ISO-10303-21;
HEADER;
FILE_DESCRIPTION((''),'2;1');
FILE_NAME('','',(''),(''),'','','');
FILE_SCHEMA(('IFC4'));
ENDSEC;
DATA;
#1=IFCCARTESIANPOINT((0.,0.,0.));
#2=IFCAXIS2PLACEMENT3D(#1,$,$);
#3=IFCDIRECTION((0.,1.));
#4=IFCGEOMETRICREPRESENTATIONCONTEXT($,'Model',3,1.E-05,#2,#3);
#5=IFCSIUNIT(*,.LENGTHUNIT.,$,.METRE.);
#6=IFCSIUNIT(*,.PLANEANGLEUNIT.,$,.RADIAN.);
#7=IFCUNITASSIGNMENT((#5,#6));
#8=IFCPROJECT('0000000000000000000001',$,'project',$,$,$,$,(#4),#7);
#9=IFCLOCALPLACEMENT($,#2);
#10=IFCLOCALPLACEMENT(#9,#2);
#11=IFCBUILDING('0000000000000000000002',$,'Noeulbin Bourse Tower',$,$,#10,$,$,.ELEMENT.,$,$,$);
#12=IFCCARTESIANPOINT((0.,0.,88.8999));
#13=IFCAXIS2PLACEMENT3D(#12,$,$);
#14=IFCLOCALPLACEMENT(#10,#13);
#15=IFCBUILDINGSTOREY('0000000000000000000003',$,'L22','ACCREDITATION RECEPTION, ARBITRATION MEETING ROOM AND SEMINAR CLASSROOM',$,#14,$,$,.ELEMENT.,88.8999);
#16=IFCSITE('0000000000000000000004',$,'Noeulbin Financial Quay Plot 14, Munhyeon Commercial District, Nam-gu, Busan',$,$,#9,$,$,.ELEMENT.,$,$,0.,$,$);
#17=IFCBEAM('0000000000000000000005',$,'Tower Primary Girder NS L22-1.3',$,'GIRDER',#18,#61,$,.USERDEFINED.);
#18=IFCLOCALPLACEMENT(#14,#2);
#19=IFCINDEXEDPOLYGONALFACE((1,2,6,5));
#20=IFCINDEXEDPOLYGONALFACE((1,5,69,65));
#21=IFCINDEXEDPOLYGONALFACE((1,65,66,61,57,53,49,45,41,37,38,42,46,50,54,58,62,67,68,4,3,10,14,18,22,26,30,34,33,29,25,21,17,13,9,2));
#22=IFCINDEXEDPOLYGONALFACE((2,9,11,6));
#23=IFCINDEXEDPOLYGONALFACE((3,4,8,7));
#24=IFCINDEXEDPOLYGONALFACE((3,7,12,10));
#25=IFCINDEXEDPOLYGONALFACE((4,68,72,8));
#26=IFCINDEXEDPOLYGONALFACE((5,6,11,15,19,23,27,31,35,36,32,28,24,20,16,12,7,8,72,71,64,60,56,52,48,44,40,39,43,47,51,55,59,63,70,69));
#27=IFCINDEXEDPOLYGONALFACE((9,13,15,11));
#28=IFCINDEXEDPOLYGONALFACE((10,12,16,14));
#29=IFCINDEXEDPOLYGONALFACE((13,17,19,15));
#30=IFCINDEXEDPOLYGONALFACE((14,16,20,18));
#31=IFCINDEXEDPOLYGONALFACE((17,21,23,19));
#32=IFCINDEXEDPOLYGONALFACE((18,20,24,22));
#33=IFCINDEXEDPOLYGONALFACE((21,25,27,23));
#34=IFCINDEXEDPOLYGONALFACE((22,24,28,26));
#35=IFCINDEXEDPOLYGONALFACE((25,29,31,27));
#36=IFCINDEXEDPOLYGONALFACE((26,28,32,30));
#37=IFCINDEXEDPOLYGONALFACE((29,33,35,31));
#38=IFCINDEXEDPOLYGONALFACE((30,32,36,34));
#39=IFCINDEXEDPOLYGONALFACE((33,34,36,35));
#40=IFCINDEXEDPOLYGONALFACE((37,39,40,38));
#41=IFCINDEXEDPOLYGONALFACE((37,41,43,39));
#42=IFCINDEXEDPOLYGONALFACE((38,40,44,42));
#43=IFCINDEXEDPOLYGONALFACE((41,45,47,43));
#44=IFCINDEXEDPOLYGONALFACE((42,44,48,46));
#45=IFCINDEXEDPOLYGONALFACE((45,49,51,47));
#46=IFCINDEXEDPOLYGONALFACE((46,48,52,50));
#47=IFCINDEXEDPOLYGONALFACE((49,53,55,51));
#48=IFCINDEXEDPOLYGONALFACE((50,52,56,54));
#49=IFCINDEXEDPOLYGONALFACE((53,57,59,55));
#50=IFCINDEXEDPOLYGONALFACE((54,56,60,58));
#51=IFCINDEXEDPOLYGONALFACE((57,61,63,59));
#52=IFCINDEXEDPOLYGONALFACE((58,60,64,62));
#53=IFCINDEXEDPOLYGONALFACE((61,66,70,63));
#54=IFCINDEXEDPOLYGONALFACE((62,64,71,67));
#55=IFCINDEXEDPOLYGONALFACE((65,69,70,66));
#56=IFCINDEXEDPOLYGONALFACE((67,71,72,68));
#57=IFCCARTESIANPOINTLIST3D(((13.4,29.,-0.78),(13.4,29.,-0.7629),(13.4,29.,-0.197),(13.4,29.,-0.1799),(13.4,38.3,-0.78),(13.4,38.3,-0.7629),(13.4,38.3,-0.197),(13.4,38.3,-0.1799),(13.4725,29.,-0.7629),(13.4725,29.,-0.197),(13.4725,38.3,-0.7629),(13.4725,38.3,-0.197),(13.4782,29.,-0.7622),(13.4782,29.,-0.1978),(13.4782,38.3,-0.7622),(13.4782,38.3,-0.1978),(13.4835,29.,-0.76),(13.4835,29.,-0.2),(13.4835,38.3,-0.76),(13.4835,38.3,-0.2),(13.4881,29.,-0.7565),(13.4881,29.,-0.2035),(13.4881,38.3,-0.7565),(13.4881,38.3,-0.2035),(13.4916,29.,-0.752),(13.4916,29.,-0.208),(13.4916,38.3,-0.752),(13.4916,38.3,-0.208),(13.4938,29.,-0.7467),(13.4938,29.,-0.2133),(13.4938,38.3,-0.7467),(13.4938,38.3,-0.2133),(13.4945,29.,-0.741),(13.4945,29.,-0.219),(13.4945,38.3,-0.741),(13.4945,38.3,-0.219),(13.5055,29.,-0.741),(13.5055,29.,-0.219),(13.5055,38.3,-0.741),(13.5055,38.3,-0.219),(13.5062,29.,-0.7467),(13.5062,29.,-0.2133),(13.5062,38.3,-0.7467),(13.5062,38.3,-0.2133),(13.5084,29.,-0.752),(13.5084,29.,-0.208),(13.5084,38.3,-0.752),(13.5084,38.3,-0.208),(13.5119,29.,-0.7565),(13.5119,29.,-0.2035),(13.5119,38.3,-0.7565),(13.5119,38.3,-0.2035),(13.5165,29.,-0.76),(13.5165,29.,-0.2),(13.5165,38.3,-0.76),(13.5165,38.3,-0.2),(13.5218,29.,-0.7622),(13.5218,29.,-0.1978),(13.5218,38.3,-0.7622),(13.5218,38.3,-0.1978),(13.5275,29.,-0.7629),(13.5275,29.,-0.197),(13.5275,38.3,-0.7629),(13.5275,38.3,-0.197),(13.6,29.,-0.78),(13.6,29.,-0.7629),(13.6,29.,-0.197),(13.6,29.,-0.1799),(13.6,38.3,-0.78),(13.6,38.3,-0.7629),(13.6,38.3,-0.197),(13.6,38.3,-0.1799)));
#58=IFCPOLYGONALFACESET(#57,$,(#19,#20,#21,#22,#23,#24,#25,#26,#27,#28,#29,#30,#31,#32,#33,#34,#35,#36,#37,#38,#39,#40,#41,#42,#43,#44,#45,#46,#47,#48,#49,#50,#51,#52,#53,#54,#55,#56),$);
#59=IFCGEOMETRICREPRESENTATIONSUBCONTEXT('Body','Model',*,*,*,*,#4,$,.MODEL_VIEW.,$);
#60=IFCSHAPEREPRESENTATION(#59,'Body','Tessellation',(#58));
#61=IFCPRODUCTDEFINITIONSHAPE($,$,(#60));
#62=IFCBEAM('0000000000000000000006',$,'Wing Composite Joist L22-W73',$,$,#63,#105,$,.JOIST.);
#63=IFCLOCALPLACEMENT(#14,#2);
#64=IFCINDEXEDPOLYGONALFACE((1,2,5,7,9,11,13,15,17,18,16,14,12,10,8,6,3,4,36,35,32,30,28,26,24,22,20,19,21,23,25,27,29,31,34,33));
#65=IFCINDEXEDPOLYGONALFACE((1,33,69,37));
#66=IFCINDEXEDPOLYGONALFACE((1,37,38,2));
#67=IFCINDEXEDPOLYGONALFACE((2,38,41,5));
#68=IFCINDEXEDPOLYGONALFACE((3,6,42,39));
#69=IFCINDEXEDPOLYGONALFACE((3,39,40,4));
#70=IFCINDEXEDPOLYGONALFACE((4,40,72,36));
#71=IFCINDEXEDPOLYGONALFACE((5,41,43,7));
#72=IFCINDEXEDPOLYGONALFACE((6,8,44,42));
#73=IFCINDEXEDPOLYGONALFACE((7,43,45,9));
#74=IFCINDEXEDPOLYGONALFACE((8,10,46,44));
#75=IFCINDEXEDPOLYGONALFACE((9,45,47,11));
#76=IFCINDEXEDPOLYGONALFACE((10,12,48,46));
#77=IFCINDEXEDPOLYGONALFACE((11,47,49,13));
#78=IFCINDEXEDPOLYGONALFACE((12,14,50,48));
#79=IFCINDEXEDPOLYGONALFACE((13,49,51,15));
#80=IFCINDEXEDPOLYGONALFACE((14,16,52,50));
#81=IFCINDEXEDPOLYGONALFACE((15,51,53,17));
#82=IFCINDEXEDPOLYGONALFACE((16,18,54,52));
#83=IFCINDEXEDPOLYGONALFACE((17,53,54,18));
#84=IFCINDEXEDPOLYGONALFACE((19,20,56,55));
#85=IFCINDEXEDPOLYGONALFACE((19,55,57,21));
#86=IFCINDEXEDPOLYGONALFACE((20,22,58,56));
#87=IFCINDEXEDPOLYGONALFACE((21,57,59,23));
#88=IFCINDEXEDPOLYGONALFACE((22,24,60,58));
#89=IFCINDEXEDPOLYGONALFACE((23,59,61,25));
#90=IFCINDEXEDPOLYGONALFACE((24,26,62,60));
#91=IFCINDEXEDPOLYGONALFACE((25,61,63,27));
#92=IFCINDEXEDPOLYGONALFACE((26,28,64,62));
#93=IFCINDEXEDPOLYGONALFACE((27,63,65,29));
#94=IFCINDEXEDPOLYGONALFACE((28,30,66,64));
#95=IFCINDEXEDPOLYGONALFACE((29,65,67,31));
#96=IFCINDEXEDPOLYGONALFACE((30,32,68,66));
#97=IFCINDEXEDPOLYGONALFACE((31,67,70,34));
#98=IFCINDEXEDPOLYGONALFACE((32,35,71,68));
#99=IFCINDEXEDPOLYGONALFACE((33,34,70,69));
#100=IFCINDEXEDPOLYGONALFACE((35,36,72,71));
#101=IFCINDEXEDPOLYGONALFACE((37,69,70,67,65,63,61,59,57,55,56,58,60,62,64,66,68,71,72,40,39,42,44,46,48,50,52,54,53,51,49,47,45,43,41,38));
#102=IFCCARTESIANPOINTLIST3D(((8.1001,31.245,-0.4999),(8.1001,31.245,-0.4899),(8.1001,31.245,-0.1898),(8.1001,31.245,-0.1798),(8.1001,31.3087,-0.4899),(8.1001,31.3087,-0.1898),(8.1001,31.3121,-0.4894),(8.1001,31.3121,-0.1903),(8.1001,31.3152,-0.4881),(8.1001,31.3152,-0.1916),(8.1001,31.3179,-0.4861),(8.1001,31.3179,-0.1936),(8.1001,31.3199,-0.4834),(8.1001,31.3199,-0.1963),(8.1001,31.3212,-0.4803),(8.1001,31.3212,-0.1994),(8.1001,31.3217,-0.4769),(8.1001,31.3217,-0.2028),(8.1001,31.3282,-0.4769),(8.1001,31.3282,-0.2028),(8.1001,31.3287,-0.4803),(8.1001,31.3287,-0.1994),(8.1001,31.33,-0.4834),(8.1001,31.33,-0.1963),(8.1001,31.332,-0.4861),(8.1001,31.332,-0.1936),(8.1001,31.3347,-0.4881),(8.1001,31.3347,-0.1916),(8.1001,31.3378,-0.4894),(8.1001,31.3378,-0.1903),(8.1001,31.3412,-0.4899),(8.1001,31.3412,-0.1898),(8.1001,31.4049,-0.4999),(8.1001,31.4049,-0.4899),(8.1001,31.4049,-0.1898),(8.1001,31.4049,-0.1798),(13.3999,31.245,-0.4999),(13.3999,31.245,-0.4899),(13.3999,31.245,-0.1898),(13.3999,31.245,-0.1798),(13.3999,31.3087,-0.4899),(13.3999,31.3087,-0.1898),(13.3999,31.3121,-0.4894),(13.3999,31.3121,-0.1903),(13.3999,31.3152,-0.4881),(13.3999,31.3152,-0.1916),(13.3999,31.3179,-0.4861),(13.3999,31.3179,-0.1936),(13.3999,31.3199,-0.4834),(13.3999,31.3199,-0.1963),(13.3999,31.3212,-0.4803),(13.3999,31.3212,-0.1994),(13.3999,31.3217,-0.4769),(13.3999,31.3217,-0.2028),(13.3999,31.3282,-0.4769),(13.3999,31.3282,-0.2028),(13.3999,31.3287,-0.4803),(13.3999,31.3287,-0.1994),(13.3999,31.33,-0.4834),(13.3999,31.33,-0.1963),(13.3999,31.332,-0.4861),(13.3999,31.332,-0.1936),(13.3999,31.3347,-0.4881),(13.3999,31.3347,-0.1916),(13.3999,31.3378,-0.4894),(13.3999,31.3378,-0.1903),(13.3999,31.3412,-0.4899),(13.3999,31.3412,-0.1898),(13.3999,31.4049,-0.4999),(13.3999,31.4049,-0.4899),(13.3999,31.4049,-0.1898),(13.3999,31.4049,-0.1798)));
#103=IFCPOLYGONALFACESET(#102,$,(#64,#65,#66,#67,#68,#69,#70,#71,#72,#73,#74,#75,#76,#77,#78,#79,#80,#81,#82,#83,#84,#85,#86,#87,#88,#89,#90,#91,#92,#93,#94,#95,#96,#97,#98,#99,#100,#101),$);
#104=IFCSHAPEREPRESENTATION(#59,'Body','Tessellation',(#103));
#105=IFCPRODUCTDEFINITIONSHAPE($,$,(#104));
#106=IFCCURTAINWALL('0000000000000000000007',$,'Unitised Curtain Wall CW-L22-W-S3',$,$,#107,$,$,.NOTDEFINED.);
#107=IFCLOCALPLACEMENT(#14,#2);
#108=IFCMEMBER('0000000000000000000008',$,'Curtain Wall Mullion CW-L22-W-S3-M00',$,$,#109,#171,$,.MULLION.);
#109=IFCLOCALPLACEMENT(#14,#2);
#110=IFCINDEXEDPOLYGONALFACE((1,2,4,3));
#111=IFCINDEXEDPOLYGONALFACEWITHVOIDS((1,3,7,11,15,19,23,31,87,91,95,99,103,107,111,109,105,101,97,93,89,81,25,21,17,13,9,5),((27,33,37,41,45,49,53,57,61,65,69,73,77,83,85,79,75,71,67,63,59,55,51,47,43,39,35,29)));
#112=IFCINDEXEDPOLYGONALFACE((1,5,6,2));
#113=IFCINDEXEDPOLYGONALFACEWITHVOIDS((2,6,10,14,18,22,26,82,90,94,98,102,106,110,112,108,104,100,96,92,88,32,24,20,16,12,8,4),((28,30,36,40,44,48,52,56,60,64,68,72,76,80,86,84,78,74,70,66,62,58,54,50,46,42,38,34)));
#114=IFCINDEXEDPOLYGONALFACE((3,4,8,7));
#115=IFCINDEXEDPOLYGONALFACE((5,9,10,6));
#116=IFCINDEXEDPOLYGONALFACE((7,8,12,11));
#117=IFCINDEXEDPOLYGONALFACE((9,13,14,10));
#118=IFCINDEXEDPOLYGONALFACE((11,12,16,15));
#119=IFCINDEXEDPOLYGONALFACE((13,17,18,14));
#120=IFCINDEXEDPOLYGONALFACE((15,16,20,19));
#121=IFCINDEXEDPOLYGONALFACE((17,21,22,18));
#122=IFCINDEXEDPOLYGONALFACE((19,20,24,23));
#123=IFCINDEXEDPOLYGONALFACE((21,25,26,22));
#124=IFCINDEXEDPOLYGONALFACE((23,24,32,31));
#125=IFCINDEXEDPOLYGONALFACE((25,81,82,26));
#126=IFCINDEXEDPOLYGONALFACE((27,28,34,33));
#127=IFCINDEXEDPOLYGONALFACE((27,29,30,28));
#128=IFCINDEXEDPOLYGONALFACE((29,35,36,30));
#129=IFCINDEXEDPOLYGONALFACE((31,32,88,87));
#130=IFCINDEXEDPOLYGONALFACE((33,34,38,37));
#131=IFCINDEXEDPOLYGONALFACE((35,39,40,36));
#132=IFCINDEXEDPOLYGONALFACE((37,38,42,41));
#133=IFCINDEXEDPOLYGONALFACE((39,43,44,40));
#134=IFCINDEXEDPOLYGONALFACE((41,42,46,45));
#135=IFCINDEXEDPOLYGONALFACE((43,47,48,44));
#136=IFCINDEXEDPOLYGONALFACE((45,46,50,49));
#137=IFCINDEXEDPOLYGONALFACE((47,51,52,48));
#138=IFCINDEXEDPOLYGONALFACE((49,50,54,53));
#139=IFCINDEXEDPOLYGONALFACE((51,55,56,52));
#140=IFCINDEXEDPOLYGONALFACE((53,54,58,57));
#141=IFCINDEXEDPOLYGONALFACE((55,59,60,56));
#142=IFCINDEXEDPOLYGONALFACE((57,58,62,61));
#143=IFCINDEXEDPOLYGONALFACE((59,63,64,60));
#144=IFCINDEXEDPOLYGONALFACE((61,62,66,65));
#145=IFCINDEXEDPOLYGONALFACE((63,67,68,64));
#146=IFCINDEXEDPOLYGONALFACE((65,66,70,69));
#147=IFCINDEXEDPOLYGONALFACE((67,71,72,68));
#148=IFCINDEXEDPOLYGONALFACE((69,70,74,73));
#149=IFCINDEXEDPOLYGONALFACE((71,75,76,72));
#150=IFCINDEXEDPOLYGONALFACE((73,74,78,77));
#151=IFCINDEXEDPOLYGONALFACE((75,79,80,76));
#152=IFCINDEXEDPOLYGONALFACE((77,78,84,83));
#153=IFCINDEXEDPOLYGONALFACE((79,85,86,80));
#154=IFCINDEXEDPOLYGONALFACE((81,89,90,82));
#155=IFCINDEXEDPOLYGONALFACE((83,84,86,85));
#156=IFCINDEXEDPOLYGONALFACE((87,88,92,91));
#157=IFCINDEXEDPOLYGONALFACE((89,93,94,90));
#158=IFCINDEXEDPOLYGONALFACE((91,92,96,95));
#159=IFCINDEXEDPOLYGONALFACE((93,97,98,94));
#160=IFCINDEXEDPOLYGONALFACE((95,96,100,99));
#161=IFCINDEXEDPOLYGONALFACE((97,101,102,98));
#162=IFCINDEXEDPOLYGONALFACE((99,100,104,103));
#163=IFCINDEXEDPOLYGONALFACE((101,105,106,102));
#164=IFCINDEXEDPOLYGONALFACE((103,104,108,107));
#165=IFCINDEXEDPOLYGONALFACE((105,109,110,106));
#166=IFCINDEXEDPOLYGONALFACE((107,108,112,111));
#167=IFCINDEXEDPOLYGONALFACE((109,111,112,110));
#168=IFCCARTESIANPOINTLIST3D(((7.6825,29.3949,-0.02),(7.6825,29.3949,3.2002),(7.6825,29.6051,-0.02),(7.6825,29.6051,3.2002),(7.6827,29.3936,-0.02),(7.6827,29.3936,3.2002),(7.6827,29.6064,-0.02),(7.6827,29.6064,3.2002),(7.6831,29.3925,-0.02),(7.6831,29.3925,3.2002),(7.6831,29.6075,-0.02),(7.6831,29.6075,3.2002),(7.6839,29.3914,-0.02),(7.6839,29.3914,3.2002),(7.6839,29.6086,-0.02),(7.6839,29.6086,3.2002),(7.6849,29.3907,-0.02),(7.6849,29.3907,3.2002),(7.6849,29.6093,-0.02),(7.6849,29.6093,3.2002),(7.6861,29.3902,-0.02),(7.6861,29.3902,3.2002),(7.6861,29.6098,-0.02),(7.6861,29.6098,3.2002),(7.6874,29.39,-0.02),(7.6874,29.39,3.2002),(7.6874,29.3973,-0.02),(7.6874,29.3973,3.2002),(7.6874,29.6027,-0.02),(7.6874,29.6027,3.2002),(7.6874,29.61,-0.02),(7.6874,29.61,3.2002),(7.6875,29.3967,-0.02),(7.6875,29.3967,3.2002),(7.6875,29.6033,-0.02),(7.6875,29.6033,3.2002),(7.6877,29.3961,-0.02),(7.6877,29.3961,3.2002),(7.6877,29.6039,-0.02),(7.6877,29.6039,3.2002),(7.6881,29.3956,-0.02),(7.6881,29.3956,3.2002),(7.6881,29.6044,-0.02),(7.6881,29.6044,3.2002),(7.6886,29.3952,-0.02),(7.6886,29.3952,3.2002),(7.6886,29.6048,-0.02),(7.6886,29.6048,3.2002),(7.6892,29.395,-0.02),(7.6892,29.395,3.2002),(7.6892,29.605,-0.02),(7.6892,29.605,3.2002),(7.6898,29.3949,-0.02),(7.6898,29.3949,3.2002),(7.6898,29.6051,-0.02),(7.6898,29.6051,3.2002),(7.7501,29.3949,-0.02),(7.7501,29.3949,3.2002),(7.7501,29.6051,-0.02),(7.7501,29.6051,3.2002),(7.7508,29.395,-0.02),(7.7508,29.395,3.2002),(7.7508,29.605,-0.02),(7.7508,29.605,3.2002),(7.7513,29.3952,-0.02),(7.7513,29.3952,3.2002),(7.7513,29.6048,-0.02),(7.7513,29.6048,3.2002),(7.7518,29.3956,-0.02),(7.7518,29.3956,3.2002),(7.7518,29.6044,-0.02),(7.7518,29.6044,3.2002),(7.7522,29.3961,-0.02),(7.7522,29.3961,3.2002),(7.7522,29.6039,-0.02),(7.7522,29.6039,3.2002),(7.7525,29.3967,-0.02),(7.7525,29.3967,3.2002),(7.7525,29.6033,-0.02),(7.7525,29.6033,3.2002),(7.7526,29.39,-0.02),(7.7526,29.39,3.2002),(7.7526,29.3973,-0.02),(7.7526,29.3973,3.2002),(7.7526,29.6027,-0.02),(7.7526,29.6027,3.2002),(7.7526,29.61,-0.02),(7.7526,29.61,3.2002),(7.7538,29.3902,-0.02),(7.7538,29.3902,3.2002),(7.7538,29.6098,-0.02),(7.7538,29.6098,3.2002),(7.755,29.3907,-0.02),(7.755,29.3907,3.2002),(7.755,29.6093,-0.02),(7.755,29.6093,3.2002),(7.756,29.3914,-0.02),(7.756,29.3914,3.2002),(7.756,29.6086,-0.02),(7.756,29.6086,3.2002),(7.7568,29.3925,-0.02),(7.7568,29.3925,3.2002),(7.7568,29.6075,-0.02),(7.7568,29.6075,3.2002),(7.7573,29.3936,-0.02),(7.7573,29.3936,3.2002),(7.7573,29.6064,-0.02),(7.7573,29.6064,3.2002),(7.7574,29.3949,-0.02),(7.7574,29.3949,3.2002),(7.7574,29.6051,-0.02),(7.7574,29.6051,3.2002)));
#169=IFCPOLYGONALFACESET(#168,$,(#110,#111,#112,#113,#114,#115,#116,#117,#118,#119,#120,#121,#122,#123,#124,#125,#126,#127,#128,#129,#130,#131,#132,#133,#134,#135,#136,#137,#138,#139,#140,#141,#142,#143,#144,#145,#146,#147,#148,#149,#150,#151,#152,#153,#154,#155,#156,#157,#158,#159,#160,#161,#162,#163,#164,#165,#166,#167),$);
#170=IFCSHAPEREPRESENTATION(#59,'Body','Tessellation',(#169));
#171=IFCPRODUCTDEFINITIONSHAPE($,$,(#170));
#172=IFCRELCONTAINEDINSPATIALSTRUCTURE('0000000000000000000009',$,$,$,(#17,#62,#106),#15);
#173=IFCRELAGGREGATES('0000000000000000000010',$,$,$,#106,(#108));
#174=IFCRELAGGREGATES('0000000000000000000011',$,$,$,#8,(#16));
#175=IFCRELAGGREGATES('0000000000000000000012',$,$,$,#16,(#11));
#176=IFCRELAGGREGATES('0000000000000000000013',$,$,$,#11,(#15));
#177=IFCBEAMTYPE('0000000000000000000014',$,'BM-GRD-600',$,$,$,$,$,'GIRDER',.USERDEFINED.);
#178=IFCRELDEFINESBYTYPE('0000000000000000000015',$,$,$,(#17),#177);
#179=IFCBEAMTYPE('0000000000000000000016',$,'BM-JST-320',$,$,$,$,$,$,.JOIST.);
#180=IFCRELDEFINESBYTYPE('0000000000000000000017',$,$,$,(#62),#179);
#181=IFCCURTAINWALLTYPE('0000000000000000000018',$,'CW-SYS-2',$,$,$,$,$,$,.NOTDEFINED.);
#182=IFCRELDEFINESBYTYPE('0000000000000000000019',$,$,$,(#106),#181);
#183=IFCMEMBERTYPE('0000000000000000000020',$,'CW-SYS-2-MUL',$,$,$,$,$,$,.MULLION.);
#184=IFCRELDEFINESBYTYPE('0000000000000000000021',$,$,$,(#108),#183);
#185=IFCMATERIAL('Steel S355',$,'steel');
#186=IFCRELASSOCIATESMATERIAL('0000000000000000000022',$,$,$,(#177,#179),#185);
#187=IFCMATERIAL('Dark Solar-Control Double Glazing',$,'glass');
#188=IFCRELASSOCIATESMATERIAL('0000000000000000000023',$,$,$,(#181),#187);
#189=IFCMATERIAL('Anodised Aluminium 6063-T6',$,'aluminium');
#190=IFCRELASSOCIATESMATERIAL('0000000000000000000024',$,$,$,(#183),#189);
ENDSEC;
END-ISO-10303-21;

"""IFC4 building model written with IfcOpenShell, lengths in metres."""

from ifc_helpers import new_model, si_unit, direction, frame, origin, origin_2d, place, context, subcontext, project, spatial, hollow_rectangle, i_section, extrude, material, material_profile, profile_set, type_object, element, aggregate, save


model = new_model("IFC4")

# Units and contexts
model_context = context("Model", 3, precision=1e-05, world=origin(), true_north=direction((0.0, 1.0)))
body_context = subcontext(model_context, "Body", "Model", "MODEL_VIEW")
ifc_project = project(units=[si_unit("LENGTHUNIT", "METRE"), si_unit("PLANEANGLEUNIT", "RADIAN")], contexts=[model_context])

# Site, building, storey
site_placement = place(None, origin())
site = spatial("IfcSite", under=ifc_project, at=site_placement, Name="Noeulbin Financial Quay Plot 14, Munhyeon Commercial District, Nam-gu, Busan", CompositionType="ELEMENT", RefElevation=0.0)
building_placement = place(site_placement, origin())
building = spatial("IfcBuilding", under=site, at=building_placement, Name="Noeulbin Bourse Tower", CompositionType="ELEMENT")
storey_placement = place(building_placement, frame((0.0, 0.0, 88.8999)))
storey = spatial("IfcBuildingStorey", under=building, at=storey_placement, Name="L22", Description="ACCREDITATION RECEPTION, ARBITRATION MEETING ROOM AND SEMINAR CLASSROOM", CompositionType="ELEMENT", Elevation=88.8999)

# Beams
ifc_material_1 = material(Name="Steel S355", Category="steel")
ifc_material_profile_1 = material_profile(ifc_material_1, i_section(OverallWidth=0.2, OverallDepth=0.6001, WebThickness=0.011, FlangeThickness=0.0171, FilletRadius=0.022, at=origin_2d()), Name="H-600x200x11x17", Category="LoadBearing")
ifc_profile_set_1 = profile_set([ifc_material_profile_1], Name="Steel S355")
beam_type_1 = type_object("IfcBeamType", Name="BM-GRD-600", ElementType="GIRDER", PredefinedType="USERDEFINED", material=ifc_profile_set_1)
beam_1_placement = place(storey_placement, frame((13.5, 29.0, -0.48), z_axis=(0.0, 1.0, 0.0), x_axis=(-1.0, 0.0, 0.0)))
element("IfcBeam", 1, at=beam_1_placement, inside=storey, type_object=beam_type_1, Name="Tower Primary Girder NS L22-1.3", ObjectType="GIRDER", PredefinedType="USERDEFINED", context=body_context, shape_type="SweptSolid", body=[
    extrude(i_section(OverallWidth=0.2, OverallDepth=0.6001, WebThickness=0.011, FlangeThickness=0.0171, FilletRadius=0.022, at=origin_2d()), origin(), (0.0, 0.0, 1.0), 9.3),
])
ifc_material_profile_2 = material_profile(ifc_material_1, i_section(OverallWidth=0.1599, OverallDepth=0.3201, WebThickness=0.0066, FlangeThickness=0.01, FilletRadius=0.0129, at=origin_2d()), Name="H-320x160x6.5x10", Category="LoadBearing")
ifc_profile_set_2 = profile_set([ifc_material_profile_2], Name="Steel S355")
beam_type_2 = type_object("IfcBeamType", Name="BM-JST-320", PredefinedType="JOIST", material=ifc_profile_set_2)
beam_2_placement = place(storey_placement, frame((8.1001, 31.325, -0.3398), z_axis=(1.0, 0.0, 0.0), x_axis=(0.0, 1.0, 0.0)))
element("IfcBeam", 2, at=beam_2_placement, inside=storey, type_object=beam_type_2, Name="Wing Composite Joist L22-W73", PredefinedType="JOIST", context=body_context, shape_type="SweptSolid", body=[
    extrude(i_section(OverallWidth=0.1599, OverallDepth=0.3201, WebThickness=0.0066, FlangeThickness=0.01, FilletRadius=0.0129, at=origin_2d()), origin(), (0.0, 0.0, 1.0), 5.2998),
])

# Curtain wall, member
ifc_material_2 = material(Name="Dark Solar-Control Double Glazing", Category="glass")
curtain_wall_type = type_object("IfcCurtainWallType", Name="CW-SYS-2", PredefinedType="NOTDEFINED", material=ifc_material_2)
curtain_wall_placement = place(storey_placement, origin())
curtain_wall = element("IfcCurtainWall", 3, at=curtain_wall_placement, inside=storey, type_object=curtain_wall_type, Name="Unitised Curtain Wall CW-L22-W-S3", PredefinedType="NOTDEFINED")
ifc_material_3 = material(Name="Anodised Aluminium 6063-T6", Category="aluminium")
ifc_material_profile_3 = material_profile(ifc_material_3, hollow_rectangle(XDim=0.075, YDim=0.22, WallThickness=0.0049, InnerFilletRadius=0.0024, OuterFilletRadius=0.0049, at=origin_2d()), Name="ALU-MULL-75x220x5", Category="LoadBearing")
ifc_profile_set_3 = profile_set([ifc_material_profile_3], Name="Anodised Aluminium 6063-T6")
member_type_1 = type_object("IfcMemberType", Name="CW-SYS-2-MUL", PredefinedType="MULLION", material=ifc_profile_set_3)
member_1_placement = place(storey_placement, frame((7.72, 29.5, -0.02), z_axis=(0.0, 0.0, 1.0), x_axis=(1.0, 0.0, 0.0)))
member_1 = element("IfcMember", 4, at=member_1_placement, type_object=member_type_1, Name="Curtain Wall Mullion CW-L22-W-S3-M00", PredefinedType="MULLION", context=body_context, shape_type="SweptSolid", body=[
    extrude(hollow_rectangle(XDim=0.075, YDim=0.22, WallThickness=0.0049, InnerFilletRadius=0.0024, OuterFilletRadius=0.0049, at=origin_2d()), origin(), (0.0, 0.0, 1.0), 3.2202),
])
aggregate(curtain_wall, [member_1])

save(model, "model.ifc")
